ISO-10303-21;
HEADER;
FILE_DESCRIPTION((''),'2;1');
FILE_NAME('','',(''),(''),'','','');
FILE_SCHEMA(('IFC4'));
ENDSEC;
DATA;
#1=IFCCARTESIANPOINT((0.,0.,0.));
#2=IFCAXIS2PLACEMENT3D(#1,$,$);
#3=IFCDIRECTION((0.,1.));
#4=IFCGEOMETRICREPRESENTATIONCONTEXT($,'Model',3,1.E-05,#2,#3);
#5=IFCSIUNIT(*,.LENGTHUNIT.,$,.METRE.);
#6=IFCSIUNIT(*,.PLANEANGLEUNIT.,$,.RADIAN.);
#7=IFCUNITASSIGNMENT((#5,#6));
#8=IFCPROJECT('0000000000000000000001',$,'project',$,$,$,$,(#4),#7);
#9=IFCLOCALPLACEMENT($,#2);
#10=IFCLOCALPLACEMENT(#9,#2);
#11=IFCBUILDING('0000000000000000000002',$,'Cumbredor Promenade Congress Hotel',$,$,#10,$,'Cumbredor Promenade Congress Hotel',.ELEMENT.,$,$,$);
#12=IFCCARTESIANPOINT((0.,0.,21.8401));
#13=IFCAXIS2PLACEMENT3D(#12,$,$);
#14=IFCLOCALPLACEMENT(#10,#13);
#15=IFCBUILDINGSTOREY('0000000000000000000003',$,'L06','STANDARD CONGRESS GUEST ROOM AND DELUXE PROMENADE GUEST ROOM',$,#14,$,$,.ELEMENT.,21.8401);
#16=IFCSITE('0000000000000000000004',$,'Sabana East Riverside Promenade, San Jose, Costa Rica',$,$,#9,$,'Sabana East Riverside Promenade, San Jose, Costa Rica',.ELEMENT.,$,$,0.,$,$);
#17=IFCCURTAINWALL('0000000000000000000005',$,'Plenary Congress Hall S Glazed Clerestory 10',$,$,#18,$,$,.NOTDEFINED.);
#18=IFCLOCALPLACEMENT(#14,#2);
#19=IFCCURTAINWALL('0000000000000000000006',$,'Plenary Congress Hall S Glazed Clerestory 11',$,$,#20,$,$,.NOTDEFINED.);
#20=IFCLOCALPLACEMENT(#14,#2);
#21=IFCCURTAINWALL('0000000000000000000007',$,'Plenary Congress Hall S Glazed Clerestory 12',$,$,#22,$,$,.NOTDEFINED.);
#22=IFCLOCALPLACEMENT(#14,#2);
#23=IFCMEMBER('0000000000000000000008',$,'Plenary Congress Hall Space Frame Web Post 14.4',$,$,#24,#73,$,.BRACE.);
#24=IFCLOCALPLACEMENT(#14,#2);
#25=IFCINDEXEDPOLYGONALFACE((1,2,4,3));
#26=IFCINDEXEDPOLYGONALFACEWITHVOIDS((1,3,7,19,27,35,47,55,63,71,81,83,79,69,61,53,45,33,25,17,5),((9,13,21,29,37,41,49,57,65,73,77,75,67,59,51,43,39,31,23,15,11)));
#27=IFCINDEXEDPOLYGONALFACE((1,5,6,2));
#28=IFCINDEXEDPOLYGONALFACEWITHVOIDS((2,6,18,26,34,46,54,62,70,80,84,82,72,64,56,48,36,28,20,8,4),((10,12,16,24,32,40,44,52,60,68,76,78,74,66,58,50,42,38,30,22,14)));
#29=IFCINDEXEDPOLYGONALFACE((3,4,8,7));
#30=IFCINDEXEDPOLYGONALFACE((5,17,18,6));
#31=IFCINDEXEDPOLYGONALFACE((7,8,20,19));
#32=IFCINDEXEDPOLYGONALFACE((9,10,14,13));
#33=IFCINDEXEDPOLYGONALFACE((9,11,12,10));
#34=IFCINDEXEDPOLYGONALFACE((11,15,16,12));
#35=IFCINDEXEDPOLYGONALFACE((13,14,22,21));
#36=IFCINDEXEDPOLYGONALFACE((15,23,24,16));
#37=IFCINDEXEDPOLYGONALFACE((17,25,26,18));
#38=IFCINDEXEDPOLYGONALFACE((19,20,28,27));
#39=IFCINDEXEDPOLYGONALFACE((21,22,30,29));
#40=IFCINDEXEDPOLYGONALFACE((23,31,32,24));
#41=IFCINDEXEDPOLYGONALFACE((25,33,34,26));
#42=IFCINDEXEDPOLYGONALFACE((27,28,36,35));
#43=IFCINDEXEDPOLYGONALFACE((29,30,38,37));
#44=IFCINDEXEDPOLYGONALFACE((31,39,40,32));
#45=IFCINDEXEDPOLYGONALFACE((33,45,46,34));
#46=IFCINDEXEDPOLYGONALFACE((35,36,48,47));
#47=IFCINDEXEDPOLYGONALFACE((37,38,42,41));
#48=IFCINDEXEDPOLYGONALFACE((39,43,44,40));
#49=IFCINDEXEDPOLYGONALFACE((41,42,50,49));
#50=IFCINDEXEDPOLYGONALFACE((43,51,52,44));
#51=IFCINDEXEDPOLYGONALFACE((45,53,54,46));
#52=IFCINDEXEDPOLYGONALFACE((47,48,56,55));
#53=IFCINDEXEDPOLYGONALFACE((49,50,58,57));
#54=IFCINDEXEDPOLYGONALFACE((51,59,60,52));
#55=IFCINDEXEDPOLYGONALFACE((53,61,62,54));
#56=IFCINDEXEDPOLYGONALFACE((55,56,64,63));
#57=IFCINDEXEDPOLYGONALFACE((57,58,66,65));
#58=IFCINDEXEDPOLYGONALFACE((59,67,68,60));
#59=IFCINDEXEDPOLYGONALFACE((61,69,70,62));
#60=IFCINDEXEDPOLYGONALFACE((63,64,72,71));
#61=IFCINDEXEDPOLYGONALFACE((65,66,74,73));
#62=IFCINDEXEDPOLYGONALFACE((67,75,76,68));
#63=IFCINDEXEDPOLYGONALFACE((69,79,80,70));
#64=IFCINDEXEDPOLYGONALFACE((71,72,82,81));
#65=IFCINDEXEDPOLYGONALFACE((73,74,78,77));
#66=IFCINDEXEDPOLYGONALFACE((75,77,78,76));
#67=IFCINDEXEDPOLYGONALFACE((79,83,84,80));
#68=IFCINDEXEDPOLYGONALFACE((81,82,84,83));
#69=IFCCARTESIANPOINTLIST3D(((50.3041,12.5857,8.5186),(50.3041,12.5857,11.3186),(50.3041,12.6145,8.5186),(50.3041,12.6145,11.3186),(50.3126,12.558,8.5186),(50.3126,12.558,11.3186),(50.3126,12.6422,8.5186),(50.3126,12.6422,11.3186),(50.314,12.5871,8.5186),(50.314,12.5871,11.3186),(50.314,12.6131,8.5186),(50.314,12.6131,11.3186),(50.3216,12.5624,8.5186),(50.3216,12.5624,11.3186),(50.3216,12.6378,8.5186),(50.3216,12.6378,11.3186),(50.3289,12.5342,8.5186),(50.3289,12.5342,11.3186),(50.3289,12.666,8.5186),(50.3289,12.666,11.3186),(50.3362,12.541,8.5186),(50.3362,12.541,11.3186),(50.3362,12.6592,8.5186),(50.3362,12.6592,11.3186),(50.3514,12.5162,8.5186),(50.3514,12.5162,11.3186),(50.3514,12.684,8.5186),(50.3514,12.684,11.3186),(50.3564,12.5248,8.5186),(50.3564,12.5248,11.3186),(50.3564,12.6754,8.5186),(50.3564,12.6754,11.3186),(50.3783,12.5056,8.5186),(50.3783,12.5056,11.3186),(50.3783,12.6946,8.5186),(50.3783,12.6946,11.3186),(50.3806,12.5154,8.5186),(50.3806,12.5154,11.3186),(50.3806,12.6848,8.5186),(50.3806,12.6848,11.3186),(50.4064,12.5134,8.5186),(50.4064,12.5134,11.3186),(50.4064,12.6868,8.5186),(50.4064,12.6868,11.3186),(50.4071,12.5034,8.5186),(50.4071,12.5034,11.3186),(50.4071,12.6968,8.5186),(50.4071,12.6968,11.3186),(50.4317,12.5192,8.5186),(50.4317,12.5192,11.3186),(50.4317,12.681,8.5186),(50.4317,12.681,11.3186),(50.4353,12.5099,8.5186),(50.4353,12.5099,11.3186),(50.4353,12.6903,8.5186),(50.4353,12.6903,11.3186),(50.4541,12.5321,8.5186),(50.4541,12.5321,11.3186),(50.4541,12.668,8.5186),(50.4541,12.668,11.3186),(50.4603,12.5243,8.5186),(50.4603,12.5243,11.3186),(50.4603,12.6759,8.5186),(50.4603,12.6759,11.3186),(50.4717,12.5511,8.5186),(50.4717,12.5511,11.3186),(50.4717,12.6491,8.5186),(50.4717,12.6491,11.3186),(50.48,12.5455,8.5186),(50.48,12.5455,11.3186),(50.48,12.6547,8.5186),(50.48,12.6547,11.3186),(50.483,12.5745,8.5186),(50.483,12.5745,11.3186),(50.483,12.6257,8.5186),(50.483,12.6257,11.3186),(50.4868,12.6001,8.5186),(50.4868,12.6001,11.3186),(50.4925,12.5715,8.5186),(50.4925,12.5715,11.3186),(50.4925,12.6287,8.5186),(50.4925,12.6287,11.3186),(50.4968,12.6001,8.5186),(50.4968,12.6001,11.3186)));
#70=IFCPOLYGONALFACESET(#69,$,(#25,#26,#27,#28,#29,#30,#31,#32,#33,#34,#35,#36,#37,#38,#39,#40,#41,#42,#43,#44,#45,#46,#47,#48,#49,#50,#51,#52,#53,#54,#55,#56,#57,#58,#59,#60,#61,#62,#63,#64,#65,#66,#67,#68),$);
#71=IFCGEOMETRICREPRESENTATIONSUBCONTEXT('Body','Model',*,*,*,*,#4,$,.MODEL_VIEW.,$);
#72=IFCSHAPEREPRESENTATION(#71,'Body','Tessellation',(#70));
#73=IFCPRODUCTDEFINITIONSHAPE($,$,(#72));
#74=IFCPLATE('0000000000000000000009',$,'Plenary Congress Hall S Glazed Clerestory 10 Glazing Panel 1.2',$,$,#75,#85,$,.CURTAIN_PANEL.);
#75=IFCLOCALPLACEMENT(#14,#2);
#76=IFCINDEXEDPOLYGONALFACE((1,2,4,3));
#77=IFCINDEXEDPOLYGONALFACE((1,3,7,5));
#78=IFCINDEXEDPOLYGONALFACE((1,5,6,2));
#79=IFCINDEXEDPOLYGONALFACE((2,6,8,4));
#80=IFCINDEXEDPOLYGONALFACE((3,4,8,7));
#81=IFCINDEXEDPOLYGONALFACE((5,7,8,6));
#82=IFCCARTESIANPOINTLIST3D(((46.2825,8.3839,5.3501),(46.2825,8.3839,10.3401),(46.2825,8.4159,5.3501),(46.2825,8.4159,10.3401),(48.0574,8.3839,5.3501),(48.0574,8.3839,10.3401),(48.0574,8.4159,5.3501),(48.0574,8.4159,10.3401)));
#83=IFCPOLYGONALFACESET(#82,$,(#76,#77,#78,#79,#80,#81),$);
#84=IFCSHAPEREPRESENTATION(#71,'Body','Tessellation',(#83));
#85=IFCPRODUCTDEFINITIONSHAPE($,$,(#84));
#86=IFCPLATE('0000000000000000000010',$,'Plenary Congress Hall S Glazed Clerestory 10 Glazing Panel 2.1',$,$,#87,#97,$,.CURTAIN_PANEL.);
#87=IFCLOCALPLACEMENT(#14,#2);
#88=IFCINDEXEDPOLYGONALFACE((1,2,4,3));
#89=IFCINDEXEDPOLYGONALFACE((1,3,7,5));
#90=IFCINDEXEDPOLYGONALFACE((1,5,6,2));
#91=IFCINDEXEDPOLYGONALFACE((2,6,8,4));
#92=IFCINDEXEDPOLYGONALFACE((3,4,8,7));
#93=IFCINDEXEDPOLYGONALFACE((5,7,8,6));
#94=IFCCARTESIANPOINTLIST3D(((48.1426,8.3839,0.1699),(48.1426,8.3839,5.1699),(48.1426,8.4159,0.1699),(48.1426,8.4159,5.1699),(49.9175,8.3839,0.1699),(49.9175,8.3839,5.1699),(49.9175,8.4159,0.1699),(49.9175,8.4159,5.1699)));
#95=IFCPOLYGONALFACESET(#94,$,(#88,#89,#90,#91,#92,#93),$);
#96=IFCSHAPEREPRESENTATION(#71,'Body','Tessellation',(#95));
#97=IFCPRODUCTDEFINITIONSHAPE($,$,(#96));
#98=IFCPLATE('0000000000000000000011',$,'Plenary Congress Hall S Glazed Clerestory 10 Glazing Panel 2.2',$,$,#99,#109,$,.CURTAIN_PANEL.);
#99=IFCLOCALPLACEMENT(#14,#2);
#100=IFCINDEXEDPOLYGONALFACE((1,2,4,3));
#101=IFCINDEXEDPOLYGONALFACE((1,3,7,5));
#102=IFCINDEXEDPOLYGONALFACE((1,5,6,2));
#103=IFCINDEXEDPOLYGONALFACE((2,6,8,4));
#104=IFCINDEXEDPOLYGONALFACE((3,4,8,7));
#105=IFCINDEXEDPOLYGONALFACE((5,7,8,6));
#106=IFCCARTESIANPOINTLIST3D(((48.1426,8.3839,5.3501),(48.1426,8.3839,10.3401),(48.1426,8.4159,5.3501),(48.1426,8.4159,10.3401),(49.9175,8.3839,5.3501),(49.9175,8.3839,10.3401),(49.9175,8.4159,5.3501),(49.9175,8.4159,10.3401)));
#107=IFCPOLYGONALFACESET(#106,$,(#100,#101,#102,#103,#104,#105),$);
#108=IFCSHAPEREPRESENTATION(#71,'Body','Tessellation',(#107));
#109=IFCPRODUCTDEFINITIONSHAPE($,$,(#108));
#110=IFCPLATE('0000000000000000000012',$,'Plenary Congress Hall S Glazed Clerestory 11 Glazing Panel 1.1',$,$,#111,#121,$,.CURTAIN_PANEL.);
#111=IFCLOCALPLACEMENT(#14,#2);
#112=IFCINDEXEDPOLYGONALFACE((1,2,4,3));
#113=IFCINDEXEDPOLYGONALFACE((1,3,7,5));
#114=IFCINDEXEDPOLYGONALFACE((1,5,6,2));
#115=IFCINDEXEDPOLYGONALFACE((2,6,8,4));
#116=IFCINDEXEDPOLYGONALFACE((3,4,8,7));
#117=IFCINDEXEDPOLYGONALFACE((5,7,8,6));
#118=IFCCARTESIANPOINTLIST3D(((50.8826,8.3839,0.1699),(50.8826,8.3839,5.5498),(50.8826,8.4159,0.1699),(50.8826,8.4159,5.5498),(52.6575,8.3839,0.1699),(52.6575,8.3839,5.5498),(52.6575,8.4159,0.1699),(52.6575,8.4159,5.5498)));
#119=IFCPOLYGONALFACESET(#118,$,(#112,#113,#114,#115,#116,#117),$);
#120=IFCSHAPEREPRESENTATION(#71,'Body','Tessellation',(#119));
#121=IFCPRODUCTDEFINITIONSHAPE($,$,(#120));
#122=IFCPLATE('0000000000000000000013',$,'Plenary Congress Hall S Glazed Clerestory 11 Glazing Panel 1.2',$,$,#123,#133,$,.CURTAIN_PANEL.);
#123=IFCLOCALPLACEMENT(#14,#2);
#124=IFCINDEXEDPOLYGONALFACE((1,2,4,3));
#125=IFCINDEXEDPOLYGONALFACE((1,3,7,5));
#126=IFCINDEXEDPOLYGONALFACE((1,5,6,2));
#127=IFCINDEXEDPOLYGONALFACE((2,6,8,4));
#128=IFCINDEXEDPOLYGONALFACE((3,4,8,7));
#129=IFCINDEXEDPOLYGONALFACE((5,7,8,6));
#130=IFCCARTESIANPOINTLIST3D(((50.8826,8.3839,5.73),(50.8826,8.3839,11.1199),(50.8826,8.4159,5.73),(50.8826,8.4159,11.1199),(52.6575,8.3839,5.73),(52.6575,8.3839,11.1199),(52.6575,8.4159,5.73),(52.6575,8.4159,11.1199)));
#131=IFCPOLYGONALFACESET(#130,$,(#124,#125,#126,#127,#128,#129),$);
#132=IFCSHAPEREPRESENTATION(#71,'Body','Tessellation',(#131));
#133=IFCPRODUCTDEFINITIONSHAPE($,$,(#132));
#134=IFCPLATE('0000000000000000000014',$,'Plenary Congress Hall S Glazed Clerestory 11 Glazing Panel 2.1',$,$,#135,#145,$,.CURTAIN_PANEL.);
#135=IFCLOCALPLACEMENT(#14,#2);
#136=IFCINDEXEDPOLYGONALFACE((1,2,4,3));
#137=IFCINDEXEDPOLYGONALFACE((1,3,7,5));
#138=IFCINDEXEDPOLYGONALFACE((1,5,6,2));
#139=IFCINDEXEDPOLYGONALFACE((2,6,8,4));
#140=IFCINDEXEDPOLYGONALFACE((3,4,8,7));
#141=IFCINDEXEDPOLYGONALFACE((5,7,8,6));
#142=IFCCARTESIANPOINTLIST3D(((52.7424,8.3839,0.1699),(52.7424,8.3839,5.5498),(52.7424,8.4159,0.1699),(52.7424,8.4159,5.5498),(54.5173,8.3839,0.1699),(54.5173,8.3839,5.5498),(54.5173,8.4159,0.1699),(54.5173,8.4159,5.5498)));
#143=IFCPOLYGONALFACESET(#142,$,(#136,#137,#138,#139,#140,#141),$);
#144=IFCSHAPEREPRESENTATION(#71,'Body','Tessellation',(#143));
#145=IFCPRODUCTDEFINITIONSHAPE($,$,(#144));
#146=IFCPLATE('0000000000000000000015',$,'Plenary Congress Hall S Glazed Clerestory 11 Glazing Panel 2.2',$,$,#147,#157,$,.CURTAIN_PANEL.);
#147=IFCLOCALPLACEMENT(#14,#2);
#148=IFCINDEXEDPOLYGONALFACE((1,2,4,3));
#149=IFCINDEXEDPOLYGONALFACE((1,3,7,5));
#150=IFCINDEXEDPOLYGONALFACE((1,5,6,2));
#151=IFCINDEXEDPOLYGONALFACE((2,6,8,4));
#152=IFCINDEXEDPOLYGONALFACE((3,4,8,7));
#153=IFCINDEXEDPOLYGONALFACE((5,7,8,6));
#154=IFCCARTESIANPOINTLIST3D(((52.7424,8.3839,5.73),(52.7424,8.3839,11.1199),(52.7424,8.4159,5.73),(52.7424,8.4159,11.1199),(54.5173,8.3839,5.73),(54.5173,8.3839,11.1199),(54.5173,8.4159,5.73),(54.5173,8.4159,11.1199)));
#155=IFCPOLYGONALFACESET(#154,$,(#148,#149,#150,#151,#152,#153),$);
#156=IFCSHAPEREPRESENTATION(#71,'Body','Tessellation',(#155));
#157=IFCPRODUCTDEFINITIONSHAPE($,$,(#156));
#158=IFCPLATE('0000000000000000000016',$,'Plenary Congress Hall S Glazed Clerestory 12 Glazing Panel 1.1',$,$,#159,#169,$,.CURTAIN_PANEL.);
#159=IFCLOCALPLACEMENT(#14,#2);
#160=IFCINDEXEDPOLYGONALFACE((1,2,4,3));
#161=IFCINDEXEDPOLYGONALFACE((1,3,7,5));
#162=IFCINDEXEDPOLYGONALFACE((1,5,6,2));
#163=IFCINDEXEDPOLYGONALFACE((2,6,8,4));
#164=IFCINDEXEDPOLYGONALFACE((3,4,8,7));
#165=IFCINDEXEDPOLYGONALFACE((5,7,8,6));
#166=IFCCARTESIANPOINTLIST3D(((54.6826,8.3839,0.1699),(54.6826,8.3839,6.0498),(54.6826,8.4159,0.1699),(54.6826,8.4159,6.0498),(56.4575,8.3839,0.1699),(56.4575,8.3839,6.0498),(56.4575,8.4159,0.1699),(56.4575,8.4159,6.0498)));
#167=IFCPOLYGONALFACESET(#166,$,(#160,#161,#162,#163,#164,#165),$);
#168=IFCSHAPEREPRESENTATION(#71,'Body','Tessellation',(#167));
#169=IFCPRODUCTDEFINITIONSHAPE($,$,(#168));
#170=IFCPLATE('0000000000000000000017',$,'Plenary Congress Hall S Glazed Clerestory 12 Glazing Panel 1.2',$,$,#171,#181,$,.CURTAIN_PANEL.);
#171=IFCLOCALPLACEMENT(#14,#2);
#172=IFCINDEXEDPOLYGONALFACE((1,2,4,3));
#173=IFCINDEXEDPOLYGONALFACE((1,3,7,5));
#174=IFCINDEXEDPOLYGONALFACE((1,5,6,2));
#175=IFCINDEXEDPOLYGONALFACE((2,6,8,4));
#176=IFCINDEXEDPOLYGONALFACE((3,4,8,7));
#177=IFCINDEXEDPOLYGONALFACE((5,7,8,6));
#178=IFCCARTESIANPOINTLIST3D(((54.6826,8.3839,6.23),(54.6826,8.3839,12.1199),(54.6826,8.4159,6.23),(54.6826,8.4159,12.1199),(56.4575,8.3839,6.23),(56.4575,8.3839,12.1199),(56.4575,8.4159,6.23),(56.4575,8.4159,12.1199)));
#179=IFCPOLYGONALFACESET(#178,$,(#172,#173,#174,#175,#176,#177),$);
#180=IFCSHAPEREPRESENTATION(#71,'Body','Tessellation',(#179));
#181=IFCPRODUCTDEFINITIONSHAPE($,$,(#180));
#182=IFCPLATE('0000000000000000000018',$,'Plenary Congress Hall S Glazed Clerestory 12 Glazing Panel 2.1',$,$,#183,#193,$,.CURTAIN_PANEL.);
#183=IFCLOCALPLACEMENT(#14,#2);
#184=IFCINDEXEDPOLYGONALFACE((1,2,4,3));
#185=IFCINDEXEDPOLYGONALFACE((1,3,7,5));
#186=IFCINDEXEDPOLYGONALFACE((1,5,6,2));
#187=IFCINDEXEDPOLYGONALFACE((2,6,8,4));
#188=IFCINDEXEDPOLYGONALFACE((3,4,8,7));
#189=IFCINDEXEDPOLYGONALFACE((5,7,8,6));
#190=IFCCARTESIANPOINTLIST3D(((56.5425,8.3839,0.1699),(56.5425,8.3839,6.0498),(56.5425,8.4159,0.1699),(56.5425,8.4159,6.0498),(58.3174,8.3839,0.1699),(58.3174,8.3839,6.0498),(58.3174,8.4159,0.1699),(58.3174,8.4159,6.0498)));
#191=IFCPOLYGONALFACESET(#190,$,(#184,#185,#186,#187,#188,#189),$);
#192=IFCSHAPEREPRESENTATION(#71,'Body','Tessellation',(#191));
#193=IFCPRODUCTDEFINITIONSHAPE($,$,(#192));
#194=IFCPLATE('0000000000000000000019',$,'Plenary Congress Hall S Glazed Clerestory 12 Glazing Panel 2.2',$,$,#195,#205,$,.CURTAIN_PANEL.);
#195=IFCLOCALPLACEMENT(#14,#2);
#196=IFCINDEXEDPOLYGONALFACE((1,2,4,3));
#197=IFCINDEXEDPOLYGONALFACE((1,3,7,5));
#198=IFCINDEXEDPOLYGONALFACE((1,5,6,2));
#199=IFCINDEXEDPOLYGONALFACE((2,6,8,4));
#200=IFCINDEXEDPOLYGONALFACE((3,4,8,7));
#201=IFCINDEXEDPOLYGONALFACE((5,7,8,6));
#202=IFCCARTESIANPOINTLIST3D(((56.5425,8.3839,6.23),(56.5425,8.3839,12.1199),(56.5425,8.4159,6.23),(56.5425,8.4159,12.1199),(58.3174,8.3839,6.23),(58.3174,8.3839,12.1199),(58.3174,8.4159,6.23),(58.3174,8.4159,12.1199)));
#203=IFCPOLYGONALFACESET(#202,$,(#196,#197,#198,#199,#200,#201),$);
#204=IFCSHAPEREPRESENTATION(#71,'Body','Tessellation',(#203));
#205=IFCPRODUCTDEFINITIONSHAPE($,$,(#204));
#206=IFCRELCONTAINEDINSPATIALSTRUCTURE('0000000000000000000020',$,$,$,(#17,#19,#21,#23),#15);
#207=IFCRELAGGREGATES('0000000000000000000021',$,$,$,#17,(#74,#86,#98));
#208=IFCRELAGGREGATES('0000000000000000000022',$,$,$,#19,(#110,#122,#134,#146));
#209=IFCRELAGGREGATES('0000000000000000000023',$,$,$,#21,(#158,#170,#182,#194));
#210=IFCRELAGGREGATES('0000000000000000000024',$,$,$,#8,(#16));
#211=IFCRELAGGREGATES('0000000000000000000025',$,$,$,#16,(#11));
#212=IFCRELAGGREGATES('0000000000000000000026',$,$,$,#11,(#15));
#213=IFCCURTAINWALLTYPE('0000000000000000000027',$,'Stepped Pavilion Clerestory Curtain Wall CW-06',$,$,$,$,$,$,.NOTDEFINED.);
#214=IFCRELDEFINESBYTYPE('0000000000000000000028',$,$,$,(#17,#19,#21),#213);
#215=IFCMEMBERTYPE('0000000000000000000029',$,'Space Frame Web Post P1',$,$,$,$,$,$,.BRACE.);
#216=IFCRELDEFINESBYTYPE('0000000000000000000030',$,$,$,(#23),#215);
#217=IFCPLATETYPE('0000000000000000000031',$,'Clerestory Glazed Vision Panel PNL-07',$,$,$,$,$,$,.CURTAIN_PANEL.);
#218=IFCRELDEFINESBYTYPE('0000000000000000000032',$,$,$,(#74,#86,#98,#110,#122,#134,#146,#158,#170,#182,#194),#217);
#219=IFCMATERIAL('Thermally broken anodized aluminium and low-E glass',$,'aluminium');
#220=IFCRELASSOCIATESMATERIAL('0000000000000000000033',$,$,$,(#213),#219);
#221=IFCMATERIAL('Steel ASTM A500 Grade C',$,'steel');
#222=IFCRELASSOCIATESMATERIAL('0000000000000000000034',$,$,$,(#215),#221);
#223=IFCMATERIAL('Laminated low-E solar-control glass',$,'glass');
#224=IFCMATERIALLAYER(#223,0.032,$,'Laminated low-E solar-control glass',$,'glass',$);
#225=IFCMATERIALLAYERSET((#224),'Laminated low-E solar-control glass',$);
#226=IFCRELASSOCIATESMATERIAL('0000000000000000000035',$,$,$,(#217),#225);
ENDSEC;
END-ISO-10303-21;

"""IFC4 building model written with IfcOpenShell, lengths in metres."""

from ifc_helpers import new_model, si_unit, direction, frame, origin, origin_2d, place, context, subcontext, project, spatial, rectangle, hollow_circle, extrude, material, layer, layer_set, material_profile, profile_set, type_object, element, aggregate, save


model = new_model("IFC4")

# Units and contexts
model_context = context("Model", 3, precision=1e-05, world=origin(), true_north=direction((0.0, 1.0)))
body_context = subcontext(model_context, "Body", "Model", "MODEL_VIEW")
ifc_project = project(units=[si_unit("LENGTHUNIT", "METRE"), si_unit("PLANEANGLEUNIT", "RADIAN")], contexts=[model_context])

# Site, building, storey
site_placement = place(None, origin())
site = spatial("IfcSite", under=ifc_project, at=site_placement, Name="Sabana East Riverside Promenade, San Jose, Costa Rica", LongName="Sabana East Riverside Promenade, San Jose, Costa Rica", CompositionType="ELEMENT", RefElevation=0.0)
building_placement = place(site_placement, origin())
building = spatial("IfcBuilding", under=site, at=building_placement, Name="Cumbredor Promenade Congress Hotel", LongName="Cumbredor Promenade Congress Hotel", CompositionType="ELEMENT")
storey_placement = place(building_placement, frame((0.0, 0.0, 21.8401)))
storey = spatial("IfcBuildingStorey", under=building, at=storey_placement, Name="L06", Description="STANDARD CONGRESS GUEST ROOM AND DELUXE PROMENADE GUEST ROOM", CompositionType="ELEMENT", Elevation=21.8401)

# Curtain walls
ifc_material_1 = material(Name="Thermally broken anodized aluminium and low-E glass", Category="aluminium")
curtain_wall_type = type_object("IfcCurtainWallType", Name="Stepped Pavilion Clerestory Curtain Wall CW-06", PredefinedType="NOTDEFINED", material=ifc_material_1)
curtain_wall_1_placement = place(storey_placement, origin())
curtain_wall_1 = element("IfcCurtainWall", 1, at=curtain_wall_1_placement, inside=storey, type_object=curtain_wall_type, Name="Plenary Congress Hall S Glazed Clerestory 10", PredefinedType="NOTDEFINED")
curtain_wall_2_placement = place(storey_placement, origin())
curtain_wall_2 = element("IfcCurtainWall", 2, at=curtain_wall_2_placement, inside=storey, type_object=curtain_wall_type, Name="Plenary Congress Hall S Glazed Clerestory 11", PredefinedType="NOTDEFINED")
curtain_wall_3_placement = place(storey_placement, origin())
curtain_wall_3 = element("IfcCurtainWall", 3, at=curtain_wall_3_placement, inside=storey, type_object=curtain_wall_type, Name="Plenary Congress Hall S Glazed Clerestory 12", PredefinedType="NOTDEFINED")

# Member
ifc_material_2 = material(Name="Steel ASTM A500 Grade C", Category="steel")
ifc_material_profile_1 = material_profile(ifc_material_2, hollow_circle(Radius=0.0969, WallThickness=0.01, at=origin_2d()), Name="CHS 193.7x10")
ifc_profile_set_1 = profile_set([ifc_material_profile_1], Name="Steel ASTM A500 Grade C")
member_type_1 = type_object("IfcMemberType", Name="Space Frame Web Post P1", PredefinedType="BRACE", material=ifc_profile_set_1)
for number, where, z_axis, x_axis, name in (
    (4, (50.3999, 12.6001, 8.5186), (0.0, 0.0, 1.0), (1.0, 0.0, 0.0), "Plenary Congress Hall Space Frame Web Post 14.4"),
):
    element("IfcMember", number, at=place(storey_placement, frame(where, z_axis=z_axis, x_axis=x_axis)), inside=storey, type_object=member_type_1, Name=name, PredefinedType="BRACE", context=body_context, shape_type="SweptSolid", body=[
        extrude(hollow_circle(Radius=0.0969, WallThickness=0.01, at=origin_2d()), origin(), (0.0, 0.0, 1.0), 2.8),
    ])

# Plates
ifc_material_3 = material(Name="Laminated low-E solar-control glass", Category="glass")
ifc_layer_1 = layer(ifc_material_3, 0.032, Name="Laminated low-E solar-control glass", Category="glass")
ifc_layer_set_1 = layer_set([ifc_layer_1], Name="Laminated low-E solar-control glass")
plate_type_1 = type_object("IfcPlateType", Name="Clerestory Glazed Vision Panel PNL-07", PredefinedType="CURTAIN_PANEL", material=ifc_layer_set_1)
plate_1_placement = place(storey_placement, frame((47.1699, 8.3999, 5.3501), z_axis=(0.0, 0.0, 1.0), x_axis=(1.0, 0.0, 0.0)))
plate_1 = element("IfcPlate", 5, at=plate_1_placement, type_object=plate_type_1, Name="Plenary Congress Hall S Glazed Clerestory 10 Glazing Panel 1.2", PredefinedType="CURTAIN_PANEL", context=body_context, shape_type="SweptSolid", body=[
    extrude(rectangle(XDim=1.7749, YDim=0.032, at=origin_2d()), origin(), (0.0, 0.0, 1.0), 4.99),
])
plate_2_placement = place(storey_placement, frame((49.03, 8.3999, 0.1699), z_axis=(0.0, 0.0, 1.0), x_axis=(1.0, 0.0, 0.0)))
plate_2 = element("IfcPlate", 6, at=plate_2_placement, type_object=plate_type_1, Name="Plenary Congress Hall S Glazed Clerestory 10 Glazing Panel 2.1", PredefinedType="CURTAIN_PANEL", context=body_context, shape_type="SweptSolid", body=[
    extrude(rectangle(XDim=1.7749, YDim=0.032, at=origin_2d()), origin(), (0.0, 0.0, 1.0), 5.0),
])
plate_3_placement = place(storey_placement, frame((49.03, 8.3999, 5.3501), z_axis=(0.0, 0.0, 1.0), x_axis=(1.0, 0.0, 0.0)))
plate_3 = element("IfcPlate", 7, at=plate_3_placement, type_object=plate_type_1, Name="Plenary Congress Hall S Glazed Clerestory 10 Glazing Panel 2.2", PredefinedType="CURTAIN_PANEL", context=body_context, shape_type="SweptSolid", body=[
    extrude(rectangle(XDim=1.7749, YDim=0.032, at=origin_2d()), origin(), (0.0, 0.0, 1.0), 4.99),
])
aggregate(curtain_wall_1, [plate_1, plate_2, plate_3])
plate_4_placement = place(storey_placement, frame((51.77, 8.3999, 0.1699), z_axis=(0.0, 0.0, 1.0), x_axis=(1.0, 0.0, 0.0)))
plate_4 = element("IfcPlate", 8, at=plate_4_placement, type_object=plate_type_1, Name="Plenary Congress Hall S Glazed Clerestory 11 Glazing Panel 1.1", PredefinedType="CURTAIN_PANEL", context=body_context, shape_type="SweptSolid", body=[
    extrude(rectangle(XDim=1.7749, YDim=0.032, at=origin_2d()), origin(), (0.0, 0.0, 1.0), 5.3799),
])
plate_5_placement = place(storey_placement, frame((51.77, 8.3999, 5.73), z_axis=(0.0, 0.0, 1.0), x_axis=(1.0, 0.0, 0.0)))
plate_5 = element("IfcPlate", 9, at=plate_5_placement, type_object=plate_type_1, Name="Plenary Congress Hall S Glazed Clerestory 11 Glazing Panel 1.2", PredefinedType="CURTAIN_PANEL", context=body_context, shape_type="SweptSolid", body=[
    extrude(rectangle(XDim=1.7749, YDim=0.032, at=origin_2d()), origin(), (0.0, 0.0, 1.0), 5.3899),
])
plate_6_placement = place(storey_placement, frame((53.6299, 8.3999, 0.1699), z_axis=(0.0, 0.0, 1.0), x_axis=(1.0, 0.0, 0.0)))
plate_6 = element("IfcPlate", 10, at=plate_6_placement, type_object=plate_type_1, Name="Plenary Congress Hall S Glazed Clerestory 11 Glazing Panel 2.1", PredefinedType="CURTAIN_PANEL", context=body_context, shape_type="SweptSolid", body=[
    extrude(rectangle(XDim=1.7749, YDim=0.032, at=origin_2d()), origin(), (0.0, 0.0, 1.0), 5.3799),
])
plate_7_placement = place(storey_placement, frame((53.6299, 8.3999, 5.73), z_axis=(0.0, 0.0, 1.0), x_axis=(1.0, 0.0, 0.0)))
plate_7 = element("IfcPlate", 11, at=plate_7_placement, type_object=plate_type_1, Name="Plenary Congress Hall S Glazed Clerestory 11 Glazing Panel 2.2", PredefinedType="CURTAIN_PANEL", context=body_context, shape_type="SweptSolid", body=[
    extrude(rectangle(XDim=1.7749, YDim=0.032, at=origin_2d()), origin(), (0.0, 0.0, 1.0), 5.3899),
])
aggregate(curtain_wall_2, [plate_4, plate_5, plate_6, plate_7])
plate_8_placement = place(storey_placement, frame((55.5701, 8.3999, 0.1699), z_axis=(0.0, 0.0, 1.0), x_axis=(1.0, 0.0, 0.0)))
plate_8 = element("IfcPlate", 12, at=plate_8_placement, type_object=plate_type_1, Name="Plenary Congress Hall S Glazed Clerestory 12 Glazing Panel 1.1", PredefinedType="CURTAIN_PANEL", context=body_context, shape_type="SweptSolid", body=[
    extrude(rectangle(XDim=1.7749, YDim=0.032, at=origin_2d()), origin(), (0.0, 0.0, 1.0), 5.8799),
])
plate_9_placement = place(storey_placement, frame((55.5701, 8.3999, 6.23), z_axis=(0.0, 0.0, 1.0), x_axis=(1.0, 0.0, 0.0)))
plate_9 = element("IfcPlate", 13, at=plate_9_placement, type_object=plate_type_1, Name="Plenary Congress Hall S Glazed Clerestory 12 Glazing Panel 1.2", PredefinedType="CURTAIN_PANEL", context=body_context, shape_type="SweptSolid", body=[
    extrude(rectangle(XDim=1.7749, YDim=0.032, at=origin_2d()), origin(), (0.0, 0.0, 1.0), 5.8899),
])
plate_10_placement = place(storey_placement, frame((57.4299, 8.3999, 0.1699), z_axis=(0.0, 0.0, 1.0), x_axis=(1.0, 0.0, 0.0)))
plate_10 = element("IfcPlate", 14, at=plate_10_placement, type_object=plate_type_1, Name="Plenary Congress Hall S Glazed Clerestory 12 Glazing Panel 2.1", PredefinedType="CURTAIN_PANEL", context=body_context, shape_type="SweptSolid", body=[
    extrude(rectangle(XDim=1.7749, YDim=0.032, at=origin_2d()), origin(), (0.0, 0.0, 1.0), 5.8799),
])
plate_11_placement = place(storey_placement, frame((57.4299, 8.3999, 6.23), z_axis=(0.0, 0.0, 1.0), x_axis=(1.0, 0.0, 0.0)))
plate_11 = element("IfcPlate", 15, at=plate_11_placement, type_object=plate_type_1, Name="Plenary Congress Hall S Glazed Clerestory 12 Glazing Panel 2.2", PredefinedType="CURTAIN_PANEL", context=body_context, shape_type="SweptSolid", body=[
    extrude(rectangle(XDim=1.7749, YDim=0.032, at=origin_2d()), origin(), (0.0, 0.0, 1.0), 5.8899),
])
aggregate(curtain_wall_3, [plate_8, plate_9, plate_10, plate_11])

save(model, "model.ifc")
